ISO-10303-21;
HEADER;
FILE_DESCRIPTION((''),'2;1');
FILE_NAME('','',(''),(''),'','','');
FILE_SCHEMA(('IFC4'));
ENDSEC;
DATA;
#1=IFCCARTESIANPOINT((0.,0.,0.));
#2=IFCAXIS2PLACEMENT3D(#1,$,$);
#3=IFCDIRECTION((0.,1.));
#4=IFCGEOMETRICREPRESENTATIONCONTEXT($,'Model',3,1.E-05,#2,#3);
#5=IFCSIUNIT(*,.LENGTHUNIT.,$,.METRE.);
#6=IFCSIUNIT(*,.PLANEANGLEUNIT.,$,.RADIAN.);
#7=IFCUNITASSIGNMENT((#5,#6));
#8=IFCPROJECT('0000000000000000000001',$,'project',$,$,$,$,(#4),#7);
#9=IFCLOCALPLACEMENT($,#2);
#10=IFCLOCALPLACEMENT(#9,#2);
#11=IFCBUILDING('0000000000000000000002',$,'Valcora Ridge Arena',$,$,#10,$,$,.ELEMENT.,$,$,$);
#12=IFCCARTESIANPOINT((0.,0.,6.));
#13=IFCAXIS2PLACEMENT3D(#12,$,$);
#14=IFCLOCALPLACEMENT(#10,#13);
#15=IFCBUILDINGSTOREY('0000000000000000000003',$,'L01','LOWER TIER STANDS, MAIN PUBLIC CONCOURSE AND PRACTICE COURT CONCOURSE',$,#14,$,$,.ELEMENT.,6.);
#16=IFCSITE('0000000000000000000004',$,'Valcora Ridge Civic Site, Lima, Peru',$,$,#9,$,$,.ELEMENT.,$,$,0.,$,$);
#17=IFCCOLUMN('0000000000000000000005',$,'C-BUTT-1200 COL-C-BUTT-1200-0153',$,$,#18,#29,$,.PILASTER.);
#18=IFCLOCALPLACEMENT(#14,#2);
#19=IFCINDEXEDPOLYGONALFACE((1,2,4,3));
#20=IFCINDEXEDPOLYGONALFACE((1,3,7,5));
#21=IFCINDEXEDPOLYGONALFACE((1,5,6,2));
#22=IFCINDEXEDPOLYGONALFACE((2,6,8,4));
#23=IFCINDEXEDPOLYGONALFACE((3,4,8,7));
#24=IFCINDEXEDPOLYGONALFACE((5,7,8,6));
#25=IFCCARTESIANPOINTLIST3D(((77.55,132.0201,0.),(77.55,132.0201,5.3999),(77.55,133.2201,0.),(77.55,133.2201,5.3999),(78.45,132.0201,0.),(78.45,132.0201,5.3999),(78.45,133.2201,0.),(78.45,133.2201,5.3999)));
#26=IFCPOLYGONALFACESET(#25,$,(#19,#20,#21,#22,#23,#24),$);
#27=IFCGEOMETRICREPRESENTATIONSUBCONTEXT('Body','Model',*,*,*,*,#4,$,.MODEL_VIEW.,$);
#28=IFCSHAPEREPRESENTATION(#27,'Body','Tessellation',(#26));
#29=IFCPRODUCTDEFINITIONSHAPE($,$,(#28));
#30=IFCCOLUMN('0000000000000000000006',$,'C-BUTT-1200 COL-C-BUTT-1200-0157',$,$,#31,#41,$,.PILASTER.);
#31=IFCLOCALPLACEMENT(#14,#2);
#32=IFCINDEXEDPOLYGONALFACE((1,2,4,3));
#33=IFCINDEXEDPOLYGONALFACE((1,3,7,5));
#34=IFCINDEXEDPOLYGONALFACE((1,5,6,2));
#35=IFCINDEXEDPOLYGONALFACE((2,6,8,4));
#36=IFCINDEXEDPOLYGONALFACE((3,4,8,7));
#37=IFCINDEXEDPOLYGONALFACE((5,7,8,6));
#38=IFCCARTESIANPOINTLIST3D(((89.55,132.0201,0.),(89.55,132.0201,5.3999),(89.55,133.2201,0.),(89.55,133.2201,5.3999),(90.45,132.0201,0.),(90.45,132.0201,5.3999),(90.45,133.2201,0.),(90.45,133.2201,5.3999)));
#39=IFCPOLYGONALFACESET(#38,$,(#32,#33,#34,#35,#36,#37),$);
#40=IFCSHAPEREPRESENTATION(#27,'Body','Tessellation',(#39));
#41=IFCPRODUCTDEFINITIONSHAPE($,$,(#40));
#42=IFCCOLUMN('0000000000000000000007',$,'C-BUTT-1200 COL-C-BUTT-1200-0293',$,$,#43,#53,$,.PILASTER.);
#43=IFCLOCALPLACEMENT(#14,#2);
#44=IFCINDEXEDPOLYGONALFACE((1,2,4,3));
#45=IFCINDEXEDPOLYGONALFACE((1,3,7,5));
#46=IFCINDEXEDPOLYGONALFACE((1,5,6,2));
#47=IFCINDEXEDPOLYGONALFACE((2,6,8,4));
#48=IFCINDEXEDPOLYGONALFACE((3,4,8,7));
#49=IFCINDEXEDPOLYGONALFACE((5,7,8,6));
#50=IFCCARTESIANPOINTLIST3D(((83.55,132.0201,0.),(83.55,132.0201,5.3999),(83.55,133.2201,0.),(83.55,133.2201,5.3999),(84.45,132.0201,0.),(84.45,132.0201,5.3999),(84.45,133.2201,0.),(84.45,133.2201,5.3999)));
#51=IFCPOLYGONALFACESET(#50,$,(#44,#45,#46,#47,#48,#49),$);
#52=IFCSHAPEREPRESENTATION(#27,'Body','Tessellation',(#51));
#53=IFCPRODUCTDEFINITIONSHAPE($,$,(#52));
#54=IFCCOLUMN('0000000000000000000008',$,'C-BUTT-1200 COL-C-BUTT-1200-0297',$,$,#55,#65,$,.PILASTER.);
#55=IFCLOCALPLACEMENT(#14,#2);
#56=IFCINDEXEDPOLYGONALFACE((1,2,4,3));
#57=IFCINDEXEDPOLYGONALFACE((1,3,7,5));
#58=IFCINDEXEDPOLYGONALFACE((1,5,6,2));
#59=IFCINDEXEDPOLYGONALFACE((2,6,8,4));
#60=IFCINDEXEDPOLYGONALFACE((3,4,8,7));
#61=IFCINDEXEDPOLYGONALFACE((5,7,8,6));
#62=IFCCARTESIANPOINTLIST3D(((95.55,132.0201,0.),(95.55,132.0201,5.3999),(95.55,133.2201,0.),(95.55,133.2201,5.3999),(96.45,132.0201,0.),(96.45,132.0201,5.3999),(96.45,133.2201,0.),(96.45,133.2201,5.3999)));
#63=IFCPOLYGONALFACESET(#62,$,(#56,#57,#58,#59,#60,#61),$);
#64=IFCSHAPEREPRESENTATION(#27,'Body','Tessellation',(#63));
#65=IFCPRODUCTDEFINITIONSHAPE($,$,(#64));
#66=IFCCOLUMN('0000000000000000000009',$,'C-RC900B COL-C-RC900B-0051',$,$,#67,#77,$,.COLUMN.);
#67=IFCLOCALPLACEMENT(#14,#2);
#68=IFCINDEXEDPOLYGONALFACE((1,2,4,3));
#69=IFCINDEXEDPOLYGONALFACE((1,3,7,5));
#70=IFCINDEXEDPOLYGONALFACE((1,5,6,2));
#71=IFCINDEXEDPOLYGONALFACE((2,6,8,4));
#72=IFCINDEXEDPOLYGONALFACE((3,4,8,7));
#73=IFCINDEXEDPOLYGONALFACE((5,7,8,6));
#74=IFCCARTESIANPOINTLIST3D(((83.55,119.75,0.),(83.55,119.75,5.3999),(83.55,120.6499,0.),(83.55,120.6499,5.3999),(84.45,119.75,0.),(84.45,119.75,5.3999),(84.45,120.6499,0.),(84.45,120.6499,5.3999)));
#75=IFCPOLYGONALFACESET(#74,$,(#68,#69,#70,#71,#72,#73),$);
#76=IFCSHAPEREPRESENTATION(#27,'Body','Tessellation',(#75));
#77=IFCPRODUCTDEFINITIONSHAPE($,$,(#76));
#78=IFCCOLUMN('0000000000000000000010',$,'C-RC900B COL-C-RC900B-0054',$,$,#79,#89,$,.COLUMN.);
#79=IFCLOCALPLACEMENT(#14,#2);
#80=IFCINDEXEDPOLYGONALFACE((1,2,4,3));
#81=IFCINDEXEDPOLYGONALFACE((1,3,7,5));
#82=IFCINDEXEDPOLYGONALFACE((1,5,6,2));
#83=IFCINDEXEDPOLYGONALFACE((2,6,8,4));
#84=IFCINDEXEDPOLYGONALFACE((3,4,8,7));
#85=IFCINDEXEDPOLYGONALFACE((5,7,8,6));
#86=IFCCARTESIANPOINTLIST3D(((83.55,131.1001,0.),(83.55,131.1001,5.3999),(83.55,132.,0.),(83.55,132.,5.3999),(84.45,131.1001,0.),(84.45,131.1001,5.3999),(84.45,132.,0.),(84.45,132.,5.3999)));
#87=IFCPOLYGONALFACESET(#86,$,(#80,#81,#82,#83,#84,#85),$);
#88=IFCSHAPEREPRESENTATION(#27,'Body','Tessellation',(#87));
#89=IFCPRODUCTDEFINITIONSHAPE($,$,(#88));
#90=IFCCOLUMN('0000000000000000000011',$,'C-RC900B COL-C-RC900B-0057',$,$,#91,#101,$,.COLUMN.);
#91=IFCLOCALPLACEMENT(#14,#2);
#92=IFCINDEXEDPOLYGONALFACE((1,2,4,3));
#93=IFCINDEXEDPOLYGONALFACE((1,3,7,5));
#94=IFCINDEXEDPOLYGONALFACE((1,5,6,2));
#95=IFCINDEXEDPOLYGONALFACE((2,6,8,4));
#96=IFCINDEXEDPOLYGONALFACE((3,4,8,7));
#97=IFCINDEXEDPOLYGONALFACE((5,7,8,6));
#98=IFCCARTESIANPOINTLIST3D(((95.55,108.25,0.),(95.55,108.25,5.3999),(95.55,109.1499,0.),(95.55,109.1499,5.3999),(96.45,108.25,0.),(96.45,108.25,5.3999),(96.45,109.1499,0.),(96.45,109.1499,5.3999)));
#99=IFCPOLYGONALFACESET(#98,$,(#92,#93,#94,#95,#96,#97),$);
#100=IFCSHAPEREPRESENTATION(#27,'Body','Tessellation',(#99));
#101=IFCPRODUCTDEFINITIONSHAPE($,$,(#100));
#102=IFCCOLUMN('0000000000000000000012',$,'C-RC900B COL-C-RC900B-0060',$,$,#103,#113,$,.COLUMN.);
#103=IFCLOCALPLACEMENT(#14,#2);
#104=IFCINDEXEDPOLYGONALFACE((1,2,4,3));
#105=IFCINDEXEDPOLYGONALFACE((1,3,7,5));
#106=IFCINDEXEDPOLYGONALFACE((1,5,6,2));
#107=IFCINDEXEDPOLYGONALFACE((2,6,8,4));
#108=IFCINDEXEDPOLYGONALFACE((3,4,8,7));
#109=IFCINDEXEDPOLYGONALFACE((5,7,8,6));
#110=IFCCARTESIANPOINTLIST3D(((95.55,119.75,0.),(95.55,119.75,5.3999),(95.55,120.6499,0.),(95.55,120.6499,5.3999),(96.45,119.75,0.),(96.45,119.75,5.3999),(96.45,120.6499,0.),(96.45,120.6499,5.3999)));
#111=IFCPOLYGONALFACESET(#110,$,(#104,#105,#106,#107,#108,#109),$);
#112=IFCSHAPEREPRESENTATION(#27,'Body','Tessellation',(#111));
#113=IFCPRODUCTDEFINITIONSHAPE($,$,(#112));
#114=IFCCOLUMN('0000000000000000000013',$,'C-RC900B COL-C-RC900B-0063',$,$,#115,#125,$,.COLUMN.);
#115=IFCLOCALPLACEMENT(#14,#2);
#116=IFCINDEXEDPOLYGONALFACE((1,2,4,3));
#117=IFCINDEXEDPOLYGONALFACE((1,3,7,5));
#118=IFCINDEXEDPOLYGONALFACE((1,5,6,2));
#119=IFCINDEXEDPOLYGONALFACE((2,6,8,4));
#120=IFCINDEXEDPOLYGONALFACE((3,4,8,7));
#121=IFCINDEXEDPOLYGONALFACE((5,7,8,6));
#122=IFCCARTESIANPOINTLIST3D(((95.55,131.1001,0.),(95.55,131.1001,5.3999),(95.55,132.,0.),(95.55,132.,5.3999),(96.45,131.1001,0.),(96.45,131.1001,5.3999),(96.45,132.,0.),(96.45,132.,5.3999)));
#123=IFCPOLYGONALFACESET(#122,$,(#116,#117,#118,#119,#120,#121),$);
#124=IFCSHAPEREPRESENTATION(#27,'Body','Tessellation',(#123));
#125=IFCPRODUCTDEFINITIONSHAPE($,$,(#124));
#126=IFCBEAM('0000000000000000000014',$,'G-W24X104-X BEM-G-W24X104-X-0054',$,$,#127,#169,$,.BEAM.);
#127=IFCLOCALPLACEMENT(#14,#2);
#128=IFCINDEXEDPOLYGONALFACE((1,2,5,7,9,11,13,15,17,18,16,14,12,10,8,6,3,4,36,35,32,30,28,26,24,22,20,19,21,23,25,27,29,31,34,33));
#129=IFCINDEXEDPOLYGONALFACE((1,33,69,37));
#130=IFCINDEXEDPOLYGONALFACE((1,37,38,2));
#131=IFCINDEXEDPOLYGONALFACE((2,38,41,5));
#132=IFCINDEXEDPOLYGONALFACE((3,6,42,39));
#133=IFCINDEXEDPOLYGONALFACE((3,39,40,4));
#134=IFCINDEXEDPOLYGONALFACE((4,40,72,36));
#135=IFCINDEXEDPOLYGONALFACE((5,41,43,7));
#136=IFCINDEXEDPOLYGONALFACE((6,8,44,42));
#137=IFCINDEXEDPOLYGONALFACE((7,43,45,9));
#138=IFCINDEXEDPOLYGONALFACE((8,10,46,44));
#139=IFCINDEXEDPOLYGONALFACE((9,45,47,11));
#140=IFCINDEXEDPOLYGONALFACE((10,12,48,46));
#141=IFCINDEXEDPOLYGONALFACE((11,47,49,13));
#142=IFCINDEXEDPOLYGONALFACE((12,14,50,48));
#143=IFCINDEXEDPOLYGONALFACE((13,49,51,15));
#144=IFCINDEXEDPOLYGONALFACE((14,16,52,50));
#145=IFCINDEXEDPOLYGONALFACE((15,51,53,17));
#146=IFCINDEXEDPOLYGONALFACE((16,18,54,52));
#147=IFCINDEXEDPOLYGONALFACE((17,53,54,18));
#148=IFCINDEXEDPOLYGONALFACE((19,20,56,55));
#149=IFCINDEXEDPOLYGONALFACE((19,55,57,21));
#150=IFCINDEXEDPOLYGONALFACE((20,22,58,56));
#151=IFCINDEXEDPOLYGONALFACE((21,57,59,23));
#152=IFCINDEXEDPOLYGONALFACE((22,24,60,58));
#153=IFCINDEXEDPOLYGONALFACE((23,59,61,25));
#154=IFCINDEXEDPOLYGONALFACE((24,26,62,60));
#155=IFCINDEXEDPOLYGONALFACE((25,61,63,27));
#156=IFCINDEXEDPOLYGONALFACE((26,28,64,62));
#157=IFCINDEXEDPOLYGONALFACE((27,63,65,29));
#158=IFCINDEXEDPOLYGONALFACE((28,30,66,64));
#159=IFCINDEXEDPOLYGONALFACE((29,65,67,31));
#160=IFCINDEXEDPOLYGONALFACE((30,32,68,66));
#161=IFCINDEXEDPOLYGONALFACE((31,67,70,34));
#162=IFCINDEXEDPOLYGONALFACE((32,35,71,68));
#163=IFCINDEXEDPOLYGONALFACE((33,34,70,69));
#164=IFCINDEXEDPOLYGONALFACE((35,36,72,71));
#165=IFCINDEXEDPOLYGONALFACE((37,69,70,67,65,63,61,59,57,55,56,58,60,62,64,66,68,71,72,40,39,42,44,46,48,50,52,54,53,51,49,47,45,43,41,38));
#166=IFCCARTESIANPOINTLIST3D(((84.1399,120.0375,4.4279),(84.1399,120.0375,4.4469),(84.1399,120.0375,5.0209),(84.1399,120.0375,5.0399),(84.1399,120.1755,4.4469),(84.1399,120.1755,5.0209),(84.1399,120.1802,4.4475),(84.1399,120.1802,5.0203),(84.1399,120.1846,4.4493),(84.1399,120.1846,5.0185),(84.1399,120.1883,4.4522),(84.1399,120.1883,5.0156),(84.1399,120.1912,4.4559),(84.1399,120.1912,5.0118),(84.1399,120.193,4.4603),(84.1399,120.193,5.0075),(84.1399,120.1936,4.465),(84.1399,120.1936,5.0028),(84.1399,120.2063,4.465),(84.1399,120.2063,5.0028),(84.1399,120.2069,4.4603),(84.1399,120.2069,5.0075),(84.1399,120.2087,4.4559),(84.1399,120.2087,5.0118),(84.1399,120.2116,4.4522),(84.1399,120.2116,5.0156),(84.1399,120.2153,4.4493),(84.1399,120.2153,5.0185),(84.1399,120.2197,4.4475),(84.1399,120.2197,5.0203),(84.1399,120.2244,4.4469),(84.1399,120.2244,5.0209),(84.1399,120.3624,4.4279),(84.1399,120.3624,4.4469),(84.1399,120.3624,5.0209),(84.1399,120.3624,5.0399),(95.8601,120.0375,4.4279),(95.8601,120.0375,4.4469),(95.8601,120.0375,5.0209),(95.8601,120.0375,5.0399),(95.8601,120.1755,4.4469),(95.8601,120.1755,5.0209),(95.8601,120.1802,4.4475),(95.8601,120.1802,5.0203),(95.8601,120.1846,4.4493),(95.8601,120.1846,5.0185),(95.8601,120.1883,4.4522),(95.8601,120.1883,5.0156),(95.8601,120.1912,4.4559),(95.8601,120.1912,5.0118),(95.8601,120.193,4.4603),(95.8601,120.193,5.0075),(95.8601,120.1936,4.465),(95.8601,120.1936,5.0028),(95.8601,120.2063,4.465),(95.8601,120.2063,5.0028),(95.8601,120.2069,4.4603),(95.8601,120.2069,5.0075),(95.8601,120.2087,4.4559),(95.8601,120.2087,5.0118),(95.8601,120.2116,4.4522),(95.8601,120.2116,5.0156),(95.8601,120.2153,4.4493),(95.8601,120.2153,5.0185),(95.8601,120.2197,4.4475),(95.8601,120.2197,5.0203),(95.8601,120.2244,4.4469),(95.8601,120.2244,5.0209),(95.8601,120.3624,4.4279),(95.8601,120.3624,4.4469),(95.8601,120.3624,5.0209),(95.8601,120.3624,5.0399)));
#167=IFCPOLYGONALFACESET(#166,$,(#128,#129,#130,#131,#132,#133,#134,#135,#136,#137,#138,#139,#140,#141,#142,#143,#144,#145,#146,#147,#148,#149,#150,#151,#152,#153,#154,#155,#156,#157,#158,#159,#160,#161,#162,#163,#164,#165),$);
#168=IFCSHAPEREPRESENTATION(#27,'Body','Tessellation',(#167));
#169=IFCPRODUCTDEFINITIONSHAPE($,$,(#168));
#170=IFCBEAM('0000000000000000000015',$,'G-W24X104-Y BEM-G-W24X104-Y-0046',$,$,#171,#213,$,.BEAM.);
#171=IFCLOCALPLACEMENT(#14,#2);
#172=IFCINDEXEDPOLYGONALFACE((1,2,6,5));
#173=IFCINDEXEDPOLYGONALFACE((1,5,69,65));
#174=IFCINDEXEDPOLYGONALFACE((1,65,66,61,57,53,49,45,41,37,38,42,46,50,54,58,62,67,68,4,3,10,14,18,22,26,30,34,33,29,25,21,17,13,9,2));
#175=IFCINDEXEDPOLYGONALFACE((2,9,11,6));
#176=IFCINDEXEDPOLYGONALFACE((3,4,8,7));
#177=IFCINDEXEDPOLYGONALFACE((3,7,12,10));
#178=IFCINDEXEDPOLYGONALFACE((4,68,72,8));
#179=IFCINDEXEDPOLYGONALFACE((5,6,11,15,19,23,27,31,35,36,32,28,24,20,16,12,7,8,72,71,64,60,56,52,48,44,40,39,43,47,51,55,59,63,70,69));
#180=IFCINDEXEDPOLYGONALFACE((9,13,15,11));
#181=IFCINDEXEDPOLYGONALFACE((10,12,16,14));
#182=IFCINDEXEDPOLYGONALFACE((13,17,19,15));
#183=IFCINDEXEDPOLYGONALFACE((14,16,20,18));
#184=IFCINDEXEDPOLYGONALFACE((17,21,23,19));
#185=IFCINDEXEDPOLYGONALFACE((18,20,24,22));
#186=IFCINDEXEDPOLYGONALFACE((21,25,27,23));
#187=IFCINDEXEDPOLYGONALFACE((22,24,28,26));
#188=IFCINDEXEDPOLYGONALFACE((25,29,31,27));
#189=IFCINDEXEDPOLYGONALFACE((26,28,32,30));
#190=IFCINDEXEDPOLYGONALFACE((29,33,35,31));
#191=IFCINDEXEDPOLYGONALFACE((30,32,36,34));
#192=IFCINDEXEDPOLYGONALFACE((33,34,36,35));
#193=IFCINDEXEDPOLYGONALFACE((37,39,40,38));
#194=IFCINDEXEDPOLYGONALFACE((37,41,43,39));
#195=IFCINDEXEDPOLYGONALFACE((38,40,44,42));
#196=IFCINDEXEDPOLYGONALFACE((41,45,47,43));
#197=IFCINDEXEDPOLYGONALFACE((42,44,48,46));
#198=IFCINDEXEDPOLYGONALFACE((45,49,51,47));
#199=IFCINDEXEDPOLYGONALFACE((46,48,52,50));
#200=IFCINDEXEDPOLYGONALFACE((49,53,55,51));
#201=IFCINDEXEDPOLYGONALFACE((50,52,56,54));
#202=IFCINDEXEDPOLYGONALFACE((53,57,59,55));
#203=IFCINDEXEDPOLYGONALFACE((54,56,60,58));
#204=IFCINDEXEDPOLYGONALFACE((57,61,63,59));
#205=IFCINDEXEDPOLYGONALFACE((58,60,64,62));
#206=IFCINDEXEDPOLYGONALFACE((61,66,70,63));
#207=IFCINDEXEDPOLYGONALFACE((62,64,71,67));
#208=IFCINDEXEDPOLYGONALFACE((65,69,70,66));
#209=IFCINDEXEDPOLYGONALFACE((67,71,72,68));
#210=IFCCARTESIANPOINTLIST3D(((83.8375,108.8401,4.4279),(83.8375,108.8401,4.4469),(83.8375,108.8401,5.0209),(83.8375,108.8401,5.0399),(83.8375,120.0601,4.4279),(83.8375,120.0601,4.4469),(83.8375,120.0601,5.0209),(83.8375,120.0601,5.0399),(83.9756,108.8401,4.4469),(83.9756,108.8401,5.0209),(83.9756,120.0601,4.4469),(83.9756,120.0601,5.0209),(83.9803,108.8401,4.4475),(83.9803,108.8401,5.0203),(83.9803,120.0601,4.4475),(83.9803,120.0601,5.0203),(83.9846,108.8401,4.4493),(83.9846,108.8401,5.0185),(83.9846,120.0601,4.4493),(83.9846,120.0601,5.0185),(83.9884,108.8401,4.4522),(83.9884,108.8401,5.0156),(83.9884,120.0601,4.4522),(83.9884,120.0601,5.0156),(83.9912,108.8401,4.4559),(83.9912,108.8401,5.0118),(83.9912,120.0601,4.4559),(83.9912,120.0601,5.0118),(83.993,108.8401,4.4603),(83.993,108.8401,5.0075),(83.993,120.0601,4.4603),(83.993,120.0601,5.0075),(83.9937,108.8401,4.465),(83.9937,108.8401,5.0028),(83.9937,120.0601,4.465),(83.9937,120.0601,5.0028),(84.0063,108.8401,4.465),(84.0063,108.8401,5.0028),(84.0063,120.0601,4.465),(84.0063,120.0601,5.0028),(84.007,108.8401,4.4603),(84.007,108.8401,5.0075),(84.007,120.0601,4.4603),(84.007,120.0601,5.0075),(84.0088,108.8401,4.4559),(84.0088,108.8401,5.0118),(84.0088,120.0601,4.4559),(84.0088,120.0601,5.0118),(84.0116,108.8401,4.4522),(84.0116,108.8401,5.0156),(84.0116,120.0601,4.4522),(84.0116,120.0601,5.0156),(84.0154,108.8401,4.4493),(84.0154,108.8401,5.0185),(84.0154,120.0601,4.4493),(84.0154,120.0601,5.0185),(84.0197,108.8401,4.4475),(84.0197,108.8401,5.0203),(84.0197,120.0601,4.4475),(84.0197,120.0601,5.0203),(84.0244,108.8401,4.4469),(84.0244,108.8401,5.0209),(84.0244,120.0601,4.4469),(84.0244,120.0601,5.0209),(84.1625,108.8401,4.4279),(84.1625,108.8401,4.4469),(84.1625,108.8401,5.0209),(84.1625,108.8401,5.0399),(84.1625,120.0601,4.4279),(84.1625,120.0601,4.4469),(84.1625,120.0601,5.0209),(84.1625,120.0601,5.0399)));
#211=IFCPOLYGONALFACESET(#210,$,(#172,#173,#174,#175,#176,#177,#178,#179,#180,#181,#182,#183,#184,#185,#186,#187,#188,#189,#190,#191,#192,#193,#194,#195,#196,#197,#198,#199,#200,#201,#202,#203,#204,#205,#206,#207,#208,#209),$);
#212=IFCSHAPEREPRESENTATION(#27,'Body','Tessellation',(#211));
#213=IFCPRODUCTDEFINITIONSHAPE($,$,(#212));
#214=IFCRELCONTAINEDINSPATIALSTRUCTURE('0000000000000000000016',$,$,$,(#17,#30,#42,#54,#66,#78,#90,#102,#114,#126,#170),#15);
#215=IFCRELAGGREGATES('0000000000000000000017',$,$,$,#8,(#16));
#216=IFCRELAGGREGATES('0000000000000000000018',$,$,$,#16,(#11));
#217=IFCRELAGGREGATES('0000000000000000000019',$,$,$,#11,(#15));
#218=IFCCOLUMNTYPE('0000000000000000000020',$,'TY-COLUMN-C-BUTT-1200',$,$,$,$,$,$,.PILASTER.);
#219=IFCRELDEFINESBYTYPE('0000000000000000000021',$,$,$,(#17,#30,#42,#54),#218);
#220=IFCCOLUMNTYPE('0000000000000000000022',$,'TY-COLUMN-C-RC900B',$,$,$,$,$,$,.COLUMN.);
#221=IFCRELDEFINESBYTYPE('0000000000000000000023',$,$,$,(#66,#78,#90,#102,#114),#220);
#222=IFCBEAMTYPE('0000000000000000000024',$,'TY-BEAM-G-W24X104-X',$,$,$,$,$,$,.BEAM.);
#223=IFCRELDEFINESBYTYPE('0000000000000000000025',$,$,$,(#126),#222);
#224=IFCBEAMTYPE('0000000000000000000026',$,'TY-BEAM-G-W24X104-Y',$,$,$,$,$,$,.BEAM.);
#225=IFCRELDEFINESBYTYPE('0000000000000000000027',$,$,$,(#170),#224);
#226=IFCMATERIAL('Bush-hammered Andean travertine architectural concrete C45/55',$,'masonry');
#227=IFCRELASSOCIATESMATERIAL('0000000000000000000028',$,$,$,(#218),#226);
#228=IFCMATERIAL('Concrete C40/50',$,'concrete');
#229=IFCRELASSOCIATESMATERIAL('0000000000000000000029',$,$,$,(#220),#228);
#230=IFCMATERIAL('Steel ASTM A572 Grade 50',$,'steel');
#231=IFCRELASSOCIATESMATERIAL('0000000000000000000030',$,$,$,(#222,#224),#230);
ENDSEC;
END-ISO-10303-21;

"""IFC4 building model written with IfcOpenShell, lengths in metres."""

from ifc_helpers import new_model, si_unit, direction, frame, origin, origin_2d, place, context, subcontext, project, spatial, rectangle, i_section, extrude, material, material_profile, profile_set, type_object, element, save


model = new_model("IFC4")

# Units and contexts
model_context = context("Model", 3, precision=1e-05, world=origin(), true_north=direction((0.0, 1.0)))
body_context = subcontext(model_context, "Body", "Model", "MODEL_VIEW")
ifc_project = project(units=[si_unit("LENGTHUNIT", "METRE"), si_unit("PLANEANGLEUNIT", "RADIAN")], contexts=[model_context])

# Site, building, storey
site_placement = place(None, origin())
site = spatial("IfcSite", under=ifc_project, at=site_placement, Name="Valcora Ridge Civic Site, Lima, Peru", CompositionType="ELEMENT", RefElevation=0.0)
building_placement = place(site_placement, origin())
building = spatial("IfcBuilding", under=site, at=building_placement, Name="Valcora Ridge Arena", CompositionType="ELEMENT")
storey_placement = place(building_placement, frame((0.0, 0.0, 6.0)))
storey = spatial("IfcBuildingStorey", under=building, at=storey_placement, Name="L01", Description="LOWER TIER STANDS, MAIN PUBLIC CONCOURSE AND PRACTICE COURT CONCOURSE", CompositionType="ELEMENT", Elevation=6.0)

# Columns
ifc_material_1 = material(Name="Bush-hammered Andean travertine architectural concrete C45/55", Category="masonry")
ifc_material_profile_1 = material_profile(ifc_material_1, rectangle(XDim=0.8999, YDim=1.2, at=origin_2d()), Name="RC 900x1200")
ifc_profile_set_1 = profile_set([ifc_material_profile_1], Name="Bush-hammered Andean travertine architectural concrete C45/55")
column_type_1 = type_object("IfcColumnType", Name="TY-COLUMN-C-BUTT-1200", PredefinedType="PILASTER", material=ifc_profile_set_1)
for number, where, z_axis, x_axis, name in (
    (1, (78.0, 132.6201, 0.0), (0.0, 0.0, 1.0), (1.0, 0.0, 0.0), "C-BUTT-1200 COL-C-BUTT-1200-0153"),
    (2, (90.0, 132.6201, 0.0), (0.0, 0.0, 1.0), (1.0, 0.0, 0.0), "C-BUTT-1200 COL-C-BUTT-1200-0157"),
    (3, (84.0, 132.6201, 0.0), (0.0, 0.0, 1.0), (1.0, 0.0, 0.0), "C-BUTT-1200 COL-C-BUTT-1200-0293"),
    (4, (96.0, 132.6201, 0.0), (0.0, 0.0, 1.0), (1.0, 0.0, 0.0), "C-BUTT-1200 COL-C-BUTT-1200-0297"),
):
    element("IfcColumn", number, at=place(storey_placement, frame(where, z_axis=z_axis, x_axis=x_axis)), inside=storey, type_object=column_type_1, Name=name, PredefinedType="PILASTER", context=body_context, shape_type="SweptSolid", body=[
        extrude(rectangle(XDim=0.8999, YDim=1.2, at=origin_2d()), origin(), (0.0, 0.0, 1.0), 5.3999),
    ])
ifc_material_2 = material(Name="Concrete C40/50", Category="concrete")
ifc_material_profile_2 = material_profile(ifc_material_2, rectangle(XDim=0.8999, YDim=0.8999, at=origin_2d()), Name="RC 900x900")
ifc_profile_set_2 = profile_set([ifc_material_profile_2], Name="Concrete C40/50")
column_type_2 = type_object("IfcColumnType", Name="TY-COLUMN-C-RC900B", PredefinedType="COLUMN", material=ifc_profile_set_2)
for number, where, z_axis, x_axis, name in (
    (5, (84.0, 120.2, 0.0), (0.0, 0.0, 1.0), (1.0, 0.0, 0.0), "C-RC900B COL-C-RC900B-0051"),
    (6, (84.0, 131.55, 0.0), (0.0, 0.0, 1.0), (1.0, 0.0, 0.0), "C-RC900B COL-C-RC900B-0054"),
    (7, (96.0, 108.7, 0.0), (0.0, 0.0, 1.0), (1.0, 0.0, 0.0), "C-RC900B COL-C-RC900B-0057"),
    (8, (96.0, 120.2, 0.0), (0.0, 0.0, 1.0), (1.0, 0.0, 0.0), "C-RC900B COL-C-RC900B-0060"),
    (9, (96.0, 131.55, 0.0), (0.0, 0.0, 1.0), (1.0, 0.0, 0.0), "C-RC900B COL-C-RC900B-0063"),
):
    element("IfcColumn", number, at=place(storey_placement, frame(where, z_axis=z_axis, x_axis=x_axis)), inside=storey, type_object=column_type_2, Name=name, PredefinedType="COLUMN", context=body_context, shape_type="SweptSolid", body=[
        extrude(rectangle(XDim=0.8999, YDim=0.8999, at=origin_2d()), origin(), (0.0, 0.0, 1.0), 5.3999),
    ])

# Beams
ifc_material_3 = material(Name="Steel ASTM A572 Grade 50", Category="steel")
ifc_material_profile_3 = material_profile(ifc_material_3, i_section(OverallWidth=0.325, OverallDepth=0.6121, WebThickness=0.0127, FlangeThickness=0.019, FilletRadius=0.0181, at=origin_2d()), Name="W24X104")
ifc_profile_set_3 = profile_set([ifc_material_profile_3], Name="Steel ASTM A572 Grade 50")
beam_type_1 = type_object("IfcBeamType", Name="TY-BEAM-G-W24X104-X", PredefinedType="BEAM", material=ifc_profile_set_3)
beam_1_placement = place(storey_placement, frame((84.1399, 120.2, 4.7339), z_axis=(1.0, 0.0, 0.0), x_axis=(0.0, 1.0, 0.0)))
element("IfcBeam", 10, at=beam_1_placement, inside=storey, type_object=beam_type_1, Name="G-W24X104-X BEM-G-W24X104-X-0054", PredefinedType="BEAM", context=body_context, shape_type="SweptSolid", body=[
    extrude(i_section(OverallWidth=0.325, OverallDepth=0.6121, WebThickness=0.0127, FlangeThickness=0.019, FilletRadius=0.0181, at=origin_2d()), origin(), (0.0, 0.0, 1.0), 11.7202),
])
ifc_material_profile_4 = material_profile(ifc_material_3, i_section(OverallWidth=0.325, OverallDepth=0.6121, WebThickness=0.0127, FlangeThickness=0.019, FilletRadius=0.0181, at=origin_2d()), Name="W24X104")
ifc_profile_set_4 = profile_set([ifc_material_profile_4], Name="Steel ASTM A572 Grade 50")
beam_type_2 = type_object("IfcBeamType", Name="TY-BEAM-G-W24X104-Y", PredefinedType="BEAM", material=ifc_profile_set_4)
beam_2_placement = place(storey_placement, frame((84.0, 108.8401, 4.7339), z_axis=(0.0, 1.0, 0.0), x_axis=(-1.0, 0.0, 0.0)))
element("IfcBeam", 11, at=beam_2_placement, inside=storey, type_object=beam_type_2, Name="G-W24X104-Y BEM-G-W24X104-Y-0046", PredefinedType="BEAM", context=body_context, shape_type="SweptSolid", body=[
    extrude(i_section(OverallWidth=0.325, OverallDepth=0.6121, WebThickness=0.0127, FlangeThickness=0.019, FilletRadius=0.0181, at=origin_2d()), origin(), (0.0, 0.0, 1.0), 11.22),
])

save(model, "model.ifc")
